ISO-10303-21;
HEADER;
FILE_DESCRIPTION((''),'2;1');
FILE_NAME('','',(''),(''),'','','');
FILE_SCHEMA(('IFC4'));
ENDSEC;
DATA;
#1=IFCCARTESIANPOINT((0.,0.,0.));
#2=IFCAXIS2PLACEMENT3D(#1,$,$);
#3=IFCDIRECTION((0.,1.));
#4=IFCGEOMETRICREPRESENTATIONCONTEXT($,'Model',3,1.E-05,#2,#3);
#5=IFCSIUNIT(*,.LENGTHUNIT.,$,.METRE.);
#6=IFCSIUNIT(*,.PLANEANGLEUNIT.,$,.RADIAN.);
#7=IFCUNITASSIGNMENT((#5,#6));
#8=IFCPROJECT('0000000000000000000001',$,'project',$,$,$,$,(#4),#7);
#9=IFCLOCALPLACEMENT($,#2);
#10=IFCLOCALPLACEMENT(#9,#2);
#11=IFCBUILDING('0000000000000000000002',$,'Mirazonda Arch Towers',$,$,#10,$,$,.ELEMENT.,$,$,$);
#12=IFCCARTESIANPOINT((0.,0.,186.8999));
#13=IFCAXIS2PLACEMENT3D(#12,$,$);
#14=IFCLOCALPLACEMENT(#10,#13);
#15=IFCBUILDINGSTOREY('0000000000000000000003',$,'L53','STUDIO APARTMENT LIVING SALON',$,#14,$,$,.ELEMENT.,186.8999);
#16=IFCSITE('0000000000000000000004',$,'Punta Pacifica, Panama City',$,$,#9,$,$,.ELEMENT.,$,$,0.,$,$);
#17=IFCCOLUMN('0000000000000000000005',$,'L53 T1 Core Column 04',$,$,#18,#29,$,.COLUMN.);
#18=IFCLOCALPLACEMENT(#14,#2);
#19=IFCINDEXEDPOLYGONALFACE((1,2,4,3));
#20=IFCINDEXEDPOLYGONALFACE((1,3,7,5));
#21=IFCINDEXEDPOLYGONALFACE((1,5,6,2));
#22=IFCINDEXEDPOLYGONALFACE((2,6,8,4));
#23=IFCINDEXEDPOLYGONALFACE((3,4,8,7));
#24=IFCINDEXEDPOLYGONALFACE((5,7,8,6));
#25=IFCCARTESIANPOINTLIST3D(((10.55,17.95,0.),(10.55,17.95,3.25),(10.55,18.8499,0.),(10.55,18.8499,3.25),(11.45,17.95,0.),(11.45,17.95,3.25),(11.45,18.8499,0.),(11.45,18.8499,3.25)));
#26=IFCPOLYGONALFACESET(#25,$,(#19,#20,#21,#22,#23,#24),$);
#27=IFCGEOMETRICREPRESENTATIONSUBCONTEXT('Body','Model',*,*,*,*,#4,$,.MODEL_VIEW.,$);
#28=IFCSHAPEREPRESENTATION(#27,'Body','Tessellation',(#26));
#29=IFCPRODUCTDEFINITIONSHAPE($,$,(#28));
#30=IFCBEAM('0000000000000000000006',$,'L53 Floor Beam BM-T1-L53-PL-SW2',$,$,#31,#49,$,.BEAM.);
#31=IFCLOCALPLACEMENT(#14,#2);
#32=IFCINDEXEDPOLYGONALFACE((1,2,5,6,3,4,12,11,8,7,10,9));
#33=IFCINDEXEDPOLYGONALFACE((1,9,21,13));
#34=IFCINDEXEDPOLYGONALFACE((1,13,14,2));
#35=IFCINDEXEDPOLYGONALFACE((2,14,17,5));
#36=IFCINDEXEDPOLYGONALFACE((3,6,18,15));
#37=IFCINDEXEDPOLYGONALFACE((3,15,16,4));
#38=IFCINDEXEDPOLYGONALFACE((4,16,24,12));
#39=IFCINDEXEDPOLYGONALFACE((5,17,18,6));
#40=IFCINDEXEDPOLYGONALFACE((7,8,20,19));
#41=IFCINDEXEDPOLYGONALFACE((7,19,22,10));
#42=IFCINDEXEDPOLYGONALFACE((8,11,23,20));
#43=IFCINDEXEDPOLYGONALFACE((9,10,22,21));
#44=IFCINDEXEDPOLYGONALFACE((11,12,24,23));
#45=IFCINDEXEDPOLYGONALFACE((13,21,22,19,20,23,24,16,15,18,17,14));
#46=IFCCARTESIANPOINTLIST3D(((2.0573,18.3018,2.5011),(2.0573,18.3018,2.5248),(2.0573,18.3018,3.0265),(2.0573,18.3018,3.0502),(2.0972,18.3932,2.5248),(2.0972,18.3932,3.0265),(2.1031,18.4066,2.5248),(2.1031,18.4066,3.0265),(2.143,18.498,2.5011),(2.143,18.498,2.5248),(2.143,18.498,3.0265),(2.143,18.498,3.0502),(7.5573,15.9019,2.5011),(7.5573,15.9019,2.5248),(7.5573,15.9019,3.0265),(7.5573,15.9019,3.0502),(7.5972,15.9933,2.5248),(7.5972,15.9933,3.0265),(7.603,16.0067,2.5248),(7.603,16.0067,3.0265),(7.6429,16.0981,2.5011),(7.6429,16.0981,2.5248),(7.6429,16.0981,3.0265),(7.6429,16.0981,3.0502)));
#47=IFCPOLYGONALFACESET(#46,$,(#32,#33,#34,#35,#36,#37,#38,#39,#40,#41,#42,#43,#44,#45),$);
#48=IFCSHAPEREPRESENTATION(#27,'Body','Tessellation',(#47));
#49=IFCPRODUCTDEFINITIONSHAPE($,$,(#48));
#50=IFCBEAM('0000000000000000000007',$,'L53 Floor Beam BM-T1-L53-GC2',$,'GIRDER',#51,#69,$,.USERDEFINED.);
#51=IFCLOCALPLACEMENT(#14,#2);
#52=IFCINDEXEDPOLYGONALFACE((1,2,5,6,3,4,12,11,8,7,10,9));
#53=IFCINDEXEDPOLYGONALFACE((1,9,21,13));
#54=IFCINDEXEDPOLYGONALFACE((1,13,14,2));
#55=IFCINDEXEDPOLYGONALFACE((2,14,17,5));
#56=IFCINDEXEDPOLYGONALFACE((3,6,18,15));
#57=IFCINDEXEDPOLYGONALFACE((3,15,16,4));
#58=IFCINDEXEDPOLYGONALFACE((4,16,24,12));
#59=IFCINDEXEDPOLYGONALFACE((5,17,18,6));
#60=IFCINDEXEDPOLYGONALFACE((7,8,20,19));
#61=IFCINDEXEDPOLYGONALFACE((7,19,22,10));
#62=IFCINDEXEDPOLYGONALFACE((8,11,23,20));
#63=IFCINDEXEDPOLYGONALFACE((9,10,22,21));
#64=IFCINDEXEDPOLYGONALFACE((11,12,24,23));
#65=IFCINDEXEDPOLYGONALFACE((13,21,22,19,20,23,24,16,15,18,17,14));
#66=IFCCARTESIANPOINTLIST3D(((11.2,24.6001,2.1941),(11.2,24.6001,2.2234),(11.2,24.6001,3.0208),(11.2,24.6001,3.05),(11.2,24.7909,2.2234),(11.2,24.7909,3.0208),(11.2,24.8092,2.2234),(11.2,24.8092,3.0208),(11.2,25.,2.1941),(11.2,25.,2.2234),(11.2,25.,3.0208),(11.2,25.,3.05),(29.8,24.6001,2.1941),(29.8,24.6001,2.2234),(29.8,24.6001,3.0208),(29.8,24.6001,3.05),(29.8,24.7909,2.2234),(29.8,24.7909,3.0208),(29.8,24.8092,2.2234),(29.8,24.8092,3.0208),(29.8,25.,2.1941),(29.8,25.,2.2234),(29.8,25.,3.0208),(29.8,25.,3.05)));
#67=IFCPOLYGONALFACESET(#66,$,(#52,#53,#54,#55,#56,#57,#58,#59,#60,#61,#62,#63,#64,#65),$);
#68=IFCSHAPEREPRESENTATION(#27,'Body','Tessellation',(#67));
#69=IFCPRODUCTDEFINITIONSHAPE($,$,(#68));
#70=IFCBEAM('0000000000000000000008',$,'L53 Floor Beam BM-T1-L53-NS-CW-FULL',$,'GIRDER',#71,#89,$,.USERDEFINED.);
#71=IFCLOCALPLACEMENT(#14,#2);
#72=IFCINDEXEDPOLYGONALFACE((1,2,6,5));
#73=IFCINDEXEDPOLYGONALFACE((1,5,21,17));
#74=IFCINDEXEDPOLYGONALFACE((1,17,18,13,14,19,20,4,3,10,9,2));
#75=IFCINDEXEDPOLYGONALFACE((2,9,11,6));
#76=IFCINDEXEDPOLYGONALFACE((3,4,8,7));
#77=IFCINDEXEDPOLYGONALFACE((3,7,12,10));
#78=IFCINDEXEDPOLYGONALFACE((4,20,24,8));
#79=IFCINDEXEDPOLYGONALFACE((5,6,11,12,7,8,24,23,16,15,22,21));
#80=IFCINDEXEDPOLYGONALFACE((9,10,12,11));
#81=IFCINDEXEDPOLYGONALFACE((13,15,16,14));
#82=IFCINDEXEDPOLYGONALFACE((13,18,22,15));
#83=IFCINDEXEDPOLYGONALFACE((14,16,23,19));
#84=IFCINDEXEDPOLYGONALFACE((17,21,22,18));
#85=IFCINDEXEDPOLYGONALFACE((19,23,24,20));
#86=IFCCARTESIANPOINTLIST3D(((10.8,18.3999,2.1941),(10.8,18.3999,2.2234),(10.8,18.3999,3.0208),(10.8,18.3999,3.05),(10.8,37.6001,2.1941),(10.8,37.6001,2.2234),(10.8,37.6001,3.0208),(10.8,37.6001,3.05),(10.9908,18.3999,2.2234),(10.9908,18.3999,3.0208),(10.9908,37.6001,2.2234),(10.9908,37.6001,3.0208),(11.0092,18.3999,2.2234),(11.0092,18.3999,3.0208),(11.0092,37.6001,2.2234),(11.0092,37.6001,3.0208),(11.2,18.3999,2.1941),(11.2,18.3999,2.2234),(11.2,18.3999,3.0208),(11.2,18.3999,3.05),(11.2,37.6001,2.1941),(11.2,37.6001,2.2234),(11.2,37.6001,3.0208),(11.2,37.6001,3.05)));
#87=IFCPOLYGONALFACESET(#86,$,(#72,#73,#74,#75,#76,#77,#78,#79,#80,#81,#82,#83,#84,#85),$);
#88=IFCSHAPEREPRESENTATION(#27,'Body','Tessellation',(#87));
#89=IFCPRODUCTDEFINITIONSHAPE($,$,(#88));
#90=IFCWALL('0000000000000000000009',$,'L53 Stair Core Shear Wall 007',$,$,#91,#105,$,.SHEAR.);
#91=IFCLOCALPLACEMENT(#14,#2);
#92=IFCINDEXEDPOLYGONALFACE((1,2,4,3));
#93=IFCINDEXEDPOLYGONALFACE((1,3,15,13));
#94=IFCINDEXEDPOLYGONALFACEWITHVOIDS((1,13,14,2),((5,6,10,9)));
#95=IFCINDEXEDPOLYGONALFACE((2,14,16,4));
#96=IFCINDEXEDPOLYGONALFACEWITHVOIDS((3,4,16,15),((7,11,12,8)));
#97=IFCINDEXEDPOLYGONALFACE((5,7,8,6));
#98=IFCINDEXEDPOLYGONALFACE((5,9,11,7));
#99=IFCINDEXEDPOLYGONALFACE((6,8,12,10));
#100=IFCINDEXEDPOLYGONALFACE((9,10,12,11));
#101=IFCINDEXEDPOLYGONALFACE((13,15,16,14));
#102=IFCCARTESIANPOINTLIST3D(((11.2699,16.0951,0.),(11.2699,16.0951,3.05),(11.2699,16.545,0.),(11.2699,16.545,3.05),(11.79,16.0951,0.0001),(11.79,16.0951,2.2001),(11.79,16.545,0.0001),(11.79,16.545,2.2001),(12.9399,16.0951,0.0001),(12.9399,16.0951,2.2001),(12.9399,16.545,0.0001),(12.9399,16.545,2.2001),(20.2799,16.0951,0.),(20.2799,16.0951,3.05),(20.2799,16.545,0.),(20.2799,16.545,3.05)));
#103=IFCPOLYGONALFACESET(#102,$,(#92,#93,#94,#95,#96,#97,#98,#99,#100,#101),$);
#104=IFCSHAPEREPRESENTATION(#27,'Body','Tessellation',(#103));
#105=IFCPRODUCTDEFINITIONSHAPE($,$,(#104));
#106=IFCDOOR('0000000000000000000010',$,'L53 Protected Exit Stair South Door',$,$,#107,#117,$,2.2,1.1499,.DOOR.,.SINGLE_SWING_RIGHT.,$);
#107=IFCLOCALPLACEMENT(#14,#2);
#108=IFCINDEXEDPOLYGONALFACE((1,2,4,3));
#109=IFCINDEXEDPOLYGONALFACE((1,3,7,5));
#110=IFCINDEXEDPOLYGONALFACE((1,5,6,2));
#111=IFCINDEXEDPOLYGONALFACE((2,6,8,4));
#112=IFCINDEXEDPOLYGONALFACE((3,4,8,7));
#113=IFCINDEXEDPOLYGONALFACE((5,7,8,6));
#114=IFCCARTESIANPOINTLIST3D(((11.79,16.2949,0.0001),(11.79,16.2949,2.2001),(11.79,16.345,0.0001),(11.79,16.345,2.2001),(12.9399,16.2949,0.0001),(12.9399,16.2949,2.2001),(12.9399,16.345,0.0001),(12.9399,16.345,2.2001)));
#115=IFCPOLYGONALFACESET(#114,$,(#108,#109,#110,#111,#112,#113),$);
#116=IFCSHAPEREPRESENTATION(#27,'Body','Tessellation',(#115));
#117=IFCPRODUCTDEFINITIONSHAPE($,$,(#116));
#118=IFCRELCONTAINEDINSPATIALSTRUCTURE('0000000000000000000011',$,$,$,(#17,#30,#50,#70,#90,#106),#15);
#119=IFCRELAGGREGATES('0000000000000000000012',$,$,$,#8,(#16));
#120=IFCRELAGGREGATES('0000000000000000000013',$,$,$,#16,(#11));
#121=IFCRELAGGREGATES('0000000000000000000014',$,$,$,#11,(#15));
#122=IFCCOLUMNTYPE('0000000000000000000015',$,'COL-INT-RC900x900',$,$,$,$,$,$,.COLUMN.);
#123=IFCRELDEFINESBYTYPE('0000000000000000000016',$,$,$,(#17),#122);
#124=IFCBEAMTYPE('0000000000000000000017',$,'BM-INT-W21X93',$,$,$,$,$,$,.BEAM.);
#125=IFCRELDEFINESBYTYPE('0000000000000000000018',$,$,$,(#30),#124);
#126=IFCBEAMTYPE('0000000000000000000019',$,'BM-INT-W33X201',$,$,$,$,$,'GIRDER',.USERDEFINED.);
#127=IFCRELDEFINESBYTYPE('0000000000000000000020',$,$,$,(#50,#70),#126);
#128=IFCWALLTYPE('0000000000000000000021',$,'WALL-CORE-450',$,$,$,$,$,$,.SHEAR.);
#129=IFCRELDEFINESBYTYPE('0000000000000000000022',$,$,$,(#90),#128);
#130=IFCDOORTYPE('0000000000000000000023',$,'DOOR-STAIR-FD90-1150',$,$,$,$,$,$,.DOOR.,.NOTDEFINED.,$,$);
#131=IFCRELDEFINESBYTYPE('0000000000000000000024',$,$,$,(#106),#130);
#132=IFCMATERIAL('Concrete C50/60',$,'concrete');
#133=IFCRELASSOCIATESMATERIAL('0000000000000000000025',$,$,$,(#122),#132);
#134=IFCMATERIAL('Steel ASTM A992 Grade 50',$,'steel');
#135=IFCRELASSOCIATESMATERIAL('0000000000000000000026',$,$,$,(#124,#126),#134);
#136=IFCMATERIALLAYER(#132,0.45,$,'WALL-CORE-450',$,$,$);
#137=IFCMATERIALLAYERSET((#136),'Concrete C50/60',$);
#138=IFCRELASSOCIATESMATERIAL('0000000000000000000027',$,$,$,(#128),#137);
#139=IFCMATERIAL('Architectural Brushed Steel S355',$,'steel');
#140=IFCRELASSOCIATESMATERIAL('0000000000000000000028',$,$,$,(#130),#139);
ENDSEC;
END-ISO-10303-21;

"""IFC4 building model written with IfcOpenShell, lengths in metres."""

from ifc_helpers import new_model, si_unit, direction, frame, frame_2d, origin, origin_2d, place, context, subcontext, project, spatial, rectangle, i_section, extrude, material, layer, layer_set, material_profile, profile_set, type_object, element, fill, save


model = new_model("IFC4")

# Units and contexts
model_context = context("Model", 3, precision=1e-05, world=origin(), true_north=direction((0.0, 1.0)))
body_context = subcontext(model_context, "Body", "Model", "MODEL_VIEW")
ifc_project = project(units=[si_unit("LENGTHUNIT", "METRE"), si_unit("PLANEANGLEUNIT", "RADIAN")], contexts=[model_context])

# Site, building, storey
site_placement = place(None, origin())
site = spatial("IfcSite", under=ifc_project, at=site_placement, Name="Punta Pacifica, Panama City", CompositionType="ELEMENT", RefElevation=0.0)
building_placement = place(site_placement, origin())
building = spatial("IfcBuilding", under=site, at=building_placement, Name="Mirazonda Arch Towers", CompositionType="ELEMENT")
storey_placement = place(building_placement, frame((0.0, 0.0, 186.8999)))
storey = spatial("IfcBuildingStorey", under=building, at=storey_placement, Name="L53", Description="STUDIO APARTMENT LIVING SALON", CompositionType="ELEMENT", Elevation=186.8999)

# Column
ifc_material_1 = material(Name="Concrete C50/60", Category="concrete")
ifc_material_profile_1 = material_profile(ifc_material_1, rectangle(XDim=0.8999, YDim=0.8999, at=origin_2d()), Name="RC900x900")
ifc_profile_set_1 = profile_set([ifc_material_profile_1], Name="Concrete C50/60")
column_type = type_object("IfcColumnType", Name="COL-INT-RC900x900", PredefinedType="COLUMN", material=ifc_profile_set_1)
column_placement = place(storey_placement, frame((11.0, 18.3999, 0.0), z_axis=(0.0, 0.0, 1.0), x_axis=(1.0, 0.0, 0.0)))
element("IfcColumn", 1, at=column_placement, inside=storey, type_object=column_type, Name="L53 T1 Core Column 04", PredefinedType="COLUMN", context=body_context, shape_type="SweptSolid", body=[
    extrude(rectangle(XDim=0.8999, YDim=0.8999, at=origin_2d()), origin(), (0.0, 0.0, 1.0), 3.25),
])

# Beams
ifc_material_2 = material(Name="Steel ASTM A992 Grade 50", Category="steel")
ifc_material_profile_2 = material_profile(ifc_material_2, i_section(OverallWidth=0.2141, OverallDepth=0.5491, WebThickness=0.0146, FlangeThickness=0.0237, at=origin_2d()), Name="W21X93")
ifc_profile_set_2 = profile_set([ifc_material_profile_2], Name="Steel ASTM A992 Grade 50")
beam_type_1 = type_object("IfcBeamType", Name="BM-INT-W21X93", PredefinedType="BEAM", material=ifc_profile_set_2)
beam_1_placement = place(storey_placement, frame((7.6001, 16.0, 2.7756), z_axis=(-0.916545, 0.399931, 0.0), x_axis=(-0.399931, -0.916545, 0.0)))
element("IfcBeam", 2, at=beam_1_placement, inside=storey, type_object=beam_type_1, Name="L53 Floor Beam BM-T1-L53-PL-SW2", PredefinedType="BEAM", context=body_context, shape_type="SweptSolid", body=[
    extrude(i_section(OverallWidth=0.2141, OverallDepth=0.5491, WebThickness=0.0146, FlangeThickness=0.0237, at=origin_2d()), origin(), (0.0, 0.0, 1.0), 6.0007),
])
ifc_material_profile_3 = material_profile(ifc_material_2, i_section(OverallWidth=0.3999, OverallDepth=0.856, WebThickness=0.0183, FlangeThickness=0.0293, at=origin_2d()), Name="W33X201")
ifc_profile_set_3 = profile_set([ifc_material_profile_3], Name="Steel ASTM A992 Grade 50")
beam_type_2 = type_object("IfcBeamType", Name="BM-INT-W33X201", ElementType="GIRDER", PredefinedType="USERDEFINED", material=ifc_profile_set_3)
beam_2_placement = place(storey_placement, frame((11.2, 24.8, 2.6221), z_axis=(1.0, 0.0, 0.0), x_axis=(0.0, 1.0, 0.0)))
element("IfcBeam", 3, at=beam_2_placement, inside=storey, type_object=beam_type_2, Name="L53 Floor Beam BM-T1-L53-GC2", ObjectType="GIRDER", PredefinedType="USERDEFINED", context=body_context, shape_type="SweptSolid", body=[
    extrude(i_section(OverallWidth=0.3999, OverallDepth=0.856, WebThickness=0.0183, FlangeThickness=0.0293, at=origin_2d()), origin(), (0.0, 0.0, 1.0), 18.6001),
])
beam_3_placement = place(storey_placement, frame((11.0, 18.3999, 2.6221), z_axis=(0.0, 1.0, 0.0), x_axis=(-1.0, 0.0, 0.0)))
element("IfcBeam", 4, at=beam_3_placement, inside=storey, type_object=beam_type_2, Name="L53 Floor Beam BM-T1-L53-NS-CW-FULL", ObjectType="GIRDER", PredefinedType="USERDEFINED", context=body_context, shape_type="SweptSolid", body=[
    extrude(i_section(OverallWidth=0.3999, OverallDepth=0.856, WebThickness=0.0183, FlangeThickness=0.0293, at=origin_2d()), origin(), (0.0, 0.0, 1.0), 19.2002),
])

# Wall, opening, door
ifc_layer_1 = layer(ifc_material_1, 0.45, Name="WALL-CORE-450")
ifc_layer_set_1 = layer_set([ifc_layer_1], Name="Concrete C50/60")
wall_type_1 = type_object("IfcWallType", Name="WALL-CORE-450", PredefinedType="SHEAR", material=ifc_layer_set_1)
wall_1_placement = place(storey_placement, frame((11.27, 16.3201, 0.0), z_axis=(0.0, 0.0, 1.0), x_axis=(1.0, 0.0, 0.0)))
wall_1 = element("IfcWall", 5, at=wall_1_placement, inside=storey, type_object=wall_type_1, Name="L53 Stair Core Shear Wall 007", PredefinedType="SHEAR", context=body_context, shape_type="SweptSolid", body=[
    extrude(rectangle(XDim=9.01, YDim=0.45, at=frame_2d((4.5049, 0.0))), origin(), (0.0, 0.0, 1.0), 3.05),
])
opening_1_placement = place(wall_1_placement, frame((0.52, 0.0, 0.0)))
opening_1 = element("IfcOpeningElement", 6, at=opening_1_placement, cuts=wall_1, PredefinedType="OPENING", context=body_context, shape_type="SweptSolid", body=[
    extrude(rectangle(XDim=1.1499, YDim=2.2, at=frame_2d((0.575, 1.1001))), frame((0.0, 0.2349, 0.0), z_axis=(0.0, -1.0, 0.0), x_axis=(1.0, 0.0, 0.0)), (0.0, 0.0, 1.0), 0.47),
])
ifc_material_3 = material(Name="Architectural Brushed Steel S355", Category="steel")
door_type_1 = type_object("IfcDoorType", Name="DOOR-STAIR-FD90-1150", OperationType="NOTDEFINED", PredefinedType="DOOR", material=ifc_material_3)
door_1_placement = place(opening_1_placement, origin())
door_1 = element("IfcDoor", 7, at=door_1_placement, inside=storey, type_object=door_type_1, Name="L53 Protected Exit Stair South Door", OperationType="SINGLE_SWING_RIGHT", OverallHeight=2.2, OverallWidth=1.1499, PredefinedType="DOOR", context=body_context, shape_type="SweptSolid", body=[
    extrude(rectangle(XDim=1.1499, YDim=2.2, at=frame_2d((0.575, 1.1001))), frame((0.0, 0.0249, 0.0), z_axis=(0.0, -1.0, 0.0), x_axis=(1.0, 0.0, 0.0)), (0.0, 0.0, 1.0), 0.05),
])
fill(opening_1, door_1)

save(model, "model.ifc")
